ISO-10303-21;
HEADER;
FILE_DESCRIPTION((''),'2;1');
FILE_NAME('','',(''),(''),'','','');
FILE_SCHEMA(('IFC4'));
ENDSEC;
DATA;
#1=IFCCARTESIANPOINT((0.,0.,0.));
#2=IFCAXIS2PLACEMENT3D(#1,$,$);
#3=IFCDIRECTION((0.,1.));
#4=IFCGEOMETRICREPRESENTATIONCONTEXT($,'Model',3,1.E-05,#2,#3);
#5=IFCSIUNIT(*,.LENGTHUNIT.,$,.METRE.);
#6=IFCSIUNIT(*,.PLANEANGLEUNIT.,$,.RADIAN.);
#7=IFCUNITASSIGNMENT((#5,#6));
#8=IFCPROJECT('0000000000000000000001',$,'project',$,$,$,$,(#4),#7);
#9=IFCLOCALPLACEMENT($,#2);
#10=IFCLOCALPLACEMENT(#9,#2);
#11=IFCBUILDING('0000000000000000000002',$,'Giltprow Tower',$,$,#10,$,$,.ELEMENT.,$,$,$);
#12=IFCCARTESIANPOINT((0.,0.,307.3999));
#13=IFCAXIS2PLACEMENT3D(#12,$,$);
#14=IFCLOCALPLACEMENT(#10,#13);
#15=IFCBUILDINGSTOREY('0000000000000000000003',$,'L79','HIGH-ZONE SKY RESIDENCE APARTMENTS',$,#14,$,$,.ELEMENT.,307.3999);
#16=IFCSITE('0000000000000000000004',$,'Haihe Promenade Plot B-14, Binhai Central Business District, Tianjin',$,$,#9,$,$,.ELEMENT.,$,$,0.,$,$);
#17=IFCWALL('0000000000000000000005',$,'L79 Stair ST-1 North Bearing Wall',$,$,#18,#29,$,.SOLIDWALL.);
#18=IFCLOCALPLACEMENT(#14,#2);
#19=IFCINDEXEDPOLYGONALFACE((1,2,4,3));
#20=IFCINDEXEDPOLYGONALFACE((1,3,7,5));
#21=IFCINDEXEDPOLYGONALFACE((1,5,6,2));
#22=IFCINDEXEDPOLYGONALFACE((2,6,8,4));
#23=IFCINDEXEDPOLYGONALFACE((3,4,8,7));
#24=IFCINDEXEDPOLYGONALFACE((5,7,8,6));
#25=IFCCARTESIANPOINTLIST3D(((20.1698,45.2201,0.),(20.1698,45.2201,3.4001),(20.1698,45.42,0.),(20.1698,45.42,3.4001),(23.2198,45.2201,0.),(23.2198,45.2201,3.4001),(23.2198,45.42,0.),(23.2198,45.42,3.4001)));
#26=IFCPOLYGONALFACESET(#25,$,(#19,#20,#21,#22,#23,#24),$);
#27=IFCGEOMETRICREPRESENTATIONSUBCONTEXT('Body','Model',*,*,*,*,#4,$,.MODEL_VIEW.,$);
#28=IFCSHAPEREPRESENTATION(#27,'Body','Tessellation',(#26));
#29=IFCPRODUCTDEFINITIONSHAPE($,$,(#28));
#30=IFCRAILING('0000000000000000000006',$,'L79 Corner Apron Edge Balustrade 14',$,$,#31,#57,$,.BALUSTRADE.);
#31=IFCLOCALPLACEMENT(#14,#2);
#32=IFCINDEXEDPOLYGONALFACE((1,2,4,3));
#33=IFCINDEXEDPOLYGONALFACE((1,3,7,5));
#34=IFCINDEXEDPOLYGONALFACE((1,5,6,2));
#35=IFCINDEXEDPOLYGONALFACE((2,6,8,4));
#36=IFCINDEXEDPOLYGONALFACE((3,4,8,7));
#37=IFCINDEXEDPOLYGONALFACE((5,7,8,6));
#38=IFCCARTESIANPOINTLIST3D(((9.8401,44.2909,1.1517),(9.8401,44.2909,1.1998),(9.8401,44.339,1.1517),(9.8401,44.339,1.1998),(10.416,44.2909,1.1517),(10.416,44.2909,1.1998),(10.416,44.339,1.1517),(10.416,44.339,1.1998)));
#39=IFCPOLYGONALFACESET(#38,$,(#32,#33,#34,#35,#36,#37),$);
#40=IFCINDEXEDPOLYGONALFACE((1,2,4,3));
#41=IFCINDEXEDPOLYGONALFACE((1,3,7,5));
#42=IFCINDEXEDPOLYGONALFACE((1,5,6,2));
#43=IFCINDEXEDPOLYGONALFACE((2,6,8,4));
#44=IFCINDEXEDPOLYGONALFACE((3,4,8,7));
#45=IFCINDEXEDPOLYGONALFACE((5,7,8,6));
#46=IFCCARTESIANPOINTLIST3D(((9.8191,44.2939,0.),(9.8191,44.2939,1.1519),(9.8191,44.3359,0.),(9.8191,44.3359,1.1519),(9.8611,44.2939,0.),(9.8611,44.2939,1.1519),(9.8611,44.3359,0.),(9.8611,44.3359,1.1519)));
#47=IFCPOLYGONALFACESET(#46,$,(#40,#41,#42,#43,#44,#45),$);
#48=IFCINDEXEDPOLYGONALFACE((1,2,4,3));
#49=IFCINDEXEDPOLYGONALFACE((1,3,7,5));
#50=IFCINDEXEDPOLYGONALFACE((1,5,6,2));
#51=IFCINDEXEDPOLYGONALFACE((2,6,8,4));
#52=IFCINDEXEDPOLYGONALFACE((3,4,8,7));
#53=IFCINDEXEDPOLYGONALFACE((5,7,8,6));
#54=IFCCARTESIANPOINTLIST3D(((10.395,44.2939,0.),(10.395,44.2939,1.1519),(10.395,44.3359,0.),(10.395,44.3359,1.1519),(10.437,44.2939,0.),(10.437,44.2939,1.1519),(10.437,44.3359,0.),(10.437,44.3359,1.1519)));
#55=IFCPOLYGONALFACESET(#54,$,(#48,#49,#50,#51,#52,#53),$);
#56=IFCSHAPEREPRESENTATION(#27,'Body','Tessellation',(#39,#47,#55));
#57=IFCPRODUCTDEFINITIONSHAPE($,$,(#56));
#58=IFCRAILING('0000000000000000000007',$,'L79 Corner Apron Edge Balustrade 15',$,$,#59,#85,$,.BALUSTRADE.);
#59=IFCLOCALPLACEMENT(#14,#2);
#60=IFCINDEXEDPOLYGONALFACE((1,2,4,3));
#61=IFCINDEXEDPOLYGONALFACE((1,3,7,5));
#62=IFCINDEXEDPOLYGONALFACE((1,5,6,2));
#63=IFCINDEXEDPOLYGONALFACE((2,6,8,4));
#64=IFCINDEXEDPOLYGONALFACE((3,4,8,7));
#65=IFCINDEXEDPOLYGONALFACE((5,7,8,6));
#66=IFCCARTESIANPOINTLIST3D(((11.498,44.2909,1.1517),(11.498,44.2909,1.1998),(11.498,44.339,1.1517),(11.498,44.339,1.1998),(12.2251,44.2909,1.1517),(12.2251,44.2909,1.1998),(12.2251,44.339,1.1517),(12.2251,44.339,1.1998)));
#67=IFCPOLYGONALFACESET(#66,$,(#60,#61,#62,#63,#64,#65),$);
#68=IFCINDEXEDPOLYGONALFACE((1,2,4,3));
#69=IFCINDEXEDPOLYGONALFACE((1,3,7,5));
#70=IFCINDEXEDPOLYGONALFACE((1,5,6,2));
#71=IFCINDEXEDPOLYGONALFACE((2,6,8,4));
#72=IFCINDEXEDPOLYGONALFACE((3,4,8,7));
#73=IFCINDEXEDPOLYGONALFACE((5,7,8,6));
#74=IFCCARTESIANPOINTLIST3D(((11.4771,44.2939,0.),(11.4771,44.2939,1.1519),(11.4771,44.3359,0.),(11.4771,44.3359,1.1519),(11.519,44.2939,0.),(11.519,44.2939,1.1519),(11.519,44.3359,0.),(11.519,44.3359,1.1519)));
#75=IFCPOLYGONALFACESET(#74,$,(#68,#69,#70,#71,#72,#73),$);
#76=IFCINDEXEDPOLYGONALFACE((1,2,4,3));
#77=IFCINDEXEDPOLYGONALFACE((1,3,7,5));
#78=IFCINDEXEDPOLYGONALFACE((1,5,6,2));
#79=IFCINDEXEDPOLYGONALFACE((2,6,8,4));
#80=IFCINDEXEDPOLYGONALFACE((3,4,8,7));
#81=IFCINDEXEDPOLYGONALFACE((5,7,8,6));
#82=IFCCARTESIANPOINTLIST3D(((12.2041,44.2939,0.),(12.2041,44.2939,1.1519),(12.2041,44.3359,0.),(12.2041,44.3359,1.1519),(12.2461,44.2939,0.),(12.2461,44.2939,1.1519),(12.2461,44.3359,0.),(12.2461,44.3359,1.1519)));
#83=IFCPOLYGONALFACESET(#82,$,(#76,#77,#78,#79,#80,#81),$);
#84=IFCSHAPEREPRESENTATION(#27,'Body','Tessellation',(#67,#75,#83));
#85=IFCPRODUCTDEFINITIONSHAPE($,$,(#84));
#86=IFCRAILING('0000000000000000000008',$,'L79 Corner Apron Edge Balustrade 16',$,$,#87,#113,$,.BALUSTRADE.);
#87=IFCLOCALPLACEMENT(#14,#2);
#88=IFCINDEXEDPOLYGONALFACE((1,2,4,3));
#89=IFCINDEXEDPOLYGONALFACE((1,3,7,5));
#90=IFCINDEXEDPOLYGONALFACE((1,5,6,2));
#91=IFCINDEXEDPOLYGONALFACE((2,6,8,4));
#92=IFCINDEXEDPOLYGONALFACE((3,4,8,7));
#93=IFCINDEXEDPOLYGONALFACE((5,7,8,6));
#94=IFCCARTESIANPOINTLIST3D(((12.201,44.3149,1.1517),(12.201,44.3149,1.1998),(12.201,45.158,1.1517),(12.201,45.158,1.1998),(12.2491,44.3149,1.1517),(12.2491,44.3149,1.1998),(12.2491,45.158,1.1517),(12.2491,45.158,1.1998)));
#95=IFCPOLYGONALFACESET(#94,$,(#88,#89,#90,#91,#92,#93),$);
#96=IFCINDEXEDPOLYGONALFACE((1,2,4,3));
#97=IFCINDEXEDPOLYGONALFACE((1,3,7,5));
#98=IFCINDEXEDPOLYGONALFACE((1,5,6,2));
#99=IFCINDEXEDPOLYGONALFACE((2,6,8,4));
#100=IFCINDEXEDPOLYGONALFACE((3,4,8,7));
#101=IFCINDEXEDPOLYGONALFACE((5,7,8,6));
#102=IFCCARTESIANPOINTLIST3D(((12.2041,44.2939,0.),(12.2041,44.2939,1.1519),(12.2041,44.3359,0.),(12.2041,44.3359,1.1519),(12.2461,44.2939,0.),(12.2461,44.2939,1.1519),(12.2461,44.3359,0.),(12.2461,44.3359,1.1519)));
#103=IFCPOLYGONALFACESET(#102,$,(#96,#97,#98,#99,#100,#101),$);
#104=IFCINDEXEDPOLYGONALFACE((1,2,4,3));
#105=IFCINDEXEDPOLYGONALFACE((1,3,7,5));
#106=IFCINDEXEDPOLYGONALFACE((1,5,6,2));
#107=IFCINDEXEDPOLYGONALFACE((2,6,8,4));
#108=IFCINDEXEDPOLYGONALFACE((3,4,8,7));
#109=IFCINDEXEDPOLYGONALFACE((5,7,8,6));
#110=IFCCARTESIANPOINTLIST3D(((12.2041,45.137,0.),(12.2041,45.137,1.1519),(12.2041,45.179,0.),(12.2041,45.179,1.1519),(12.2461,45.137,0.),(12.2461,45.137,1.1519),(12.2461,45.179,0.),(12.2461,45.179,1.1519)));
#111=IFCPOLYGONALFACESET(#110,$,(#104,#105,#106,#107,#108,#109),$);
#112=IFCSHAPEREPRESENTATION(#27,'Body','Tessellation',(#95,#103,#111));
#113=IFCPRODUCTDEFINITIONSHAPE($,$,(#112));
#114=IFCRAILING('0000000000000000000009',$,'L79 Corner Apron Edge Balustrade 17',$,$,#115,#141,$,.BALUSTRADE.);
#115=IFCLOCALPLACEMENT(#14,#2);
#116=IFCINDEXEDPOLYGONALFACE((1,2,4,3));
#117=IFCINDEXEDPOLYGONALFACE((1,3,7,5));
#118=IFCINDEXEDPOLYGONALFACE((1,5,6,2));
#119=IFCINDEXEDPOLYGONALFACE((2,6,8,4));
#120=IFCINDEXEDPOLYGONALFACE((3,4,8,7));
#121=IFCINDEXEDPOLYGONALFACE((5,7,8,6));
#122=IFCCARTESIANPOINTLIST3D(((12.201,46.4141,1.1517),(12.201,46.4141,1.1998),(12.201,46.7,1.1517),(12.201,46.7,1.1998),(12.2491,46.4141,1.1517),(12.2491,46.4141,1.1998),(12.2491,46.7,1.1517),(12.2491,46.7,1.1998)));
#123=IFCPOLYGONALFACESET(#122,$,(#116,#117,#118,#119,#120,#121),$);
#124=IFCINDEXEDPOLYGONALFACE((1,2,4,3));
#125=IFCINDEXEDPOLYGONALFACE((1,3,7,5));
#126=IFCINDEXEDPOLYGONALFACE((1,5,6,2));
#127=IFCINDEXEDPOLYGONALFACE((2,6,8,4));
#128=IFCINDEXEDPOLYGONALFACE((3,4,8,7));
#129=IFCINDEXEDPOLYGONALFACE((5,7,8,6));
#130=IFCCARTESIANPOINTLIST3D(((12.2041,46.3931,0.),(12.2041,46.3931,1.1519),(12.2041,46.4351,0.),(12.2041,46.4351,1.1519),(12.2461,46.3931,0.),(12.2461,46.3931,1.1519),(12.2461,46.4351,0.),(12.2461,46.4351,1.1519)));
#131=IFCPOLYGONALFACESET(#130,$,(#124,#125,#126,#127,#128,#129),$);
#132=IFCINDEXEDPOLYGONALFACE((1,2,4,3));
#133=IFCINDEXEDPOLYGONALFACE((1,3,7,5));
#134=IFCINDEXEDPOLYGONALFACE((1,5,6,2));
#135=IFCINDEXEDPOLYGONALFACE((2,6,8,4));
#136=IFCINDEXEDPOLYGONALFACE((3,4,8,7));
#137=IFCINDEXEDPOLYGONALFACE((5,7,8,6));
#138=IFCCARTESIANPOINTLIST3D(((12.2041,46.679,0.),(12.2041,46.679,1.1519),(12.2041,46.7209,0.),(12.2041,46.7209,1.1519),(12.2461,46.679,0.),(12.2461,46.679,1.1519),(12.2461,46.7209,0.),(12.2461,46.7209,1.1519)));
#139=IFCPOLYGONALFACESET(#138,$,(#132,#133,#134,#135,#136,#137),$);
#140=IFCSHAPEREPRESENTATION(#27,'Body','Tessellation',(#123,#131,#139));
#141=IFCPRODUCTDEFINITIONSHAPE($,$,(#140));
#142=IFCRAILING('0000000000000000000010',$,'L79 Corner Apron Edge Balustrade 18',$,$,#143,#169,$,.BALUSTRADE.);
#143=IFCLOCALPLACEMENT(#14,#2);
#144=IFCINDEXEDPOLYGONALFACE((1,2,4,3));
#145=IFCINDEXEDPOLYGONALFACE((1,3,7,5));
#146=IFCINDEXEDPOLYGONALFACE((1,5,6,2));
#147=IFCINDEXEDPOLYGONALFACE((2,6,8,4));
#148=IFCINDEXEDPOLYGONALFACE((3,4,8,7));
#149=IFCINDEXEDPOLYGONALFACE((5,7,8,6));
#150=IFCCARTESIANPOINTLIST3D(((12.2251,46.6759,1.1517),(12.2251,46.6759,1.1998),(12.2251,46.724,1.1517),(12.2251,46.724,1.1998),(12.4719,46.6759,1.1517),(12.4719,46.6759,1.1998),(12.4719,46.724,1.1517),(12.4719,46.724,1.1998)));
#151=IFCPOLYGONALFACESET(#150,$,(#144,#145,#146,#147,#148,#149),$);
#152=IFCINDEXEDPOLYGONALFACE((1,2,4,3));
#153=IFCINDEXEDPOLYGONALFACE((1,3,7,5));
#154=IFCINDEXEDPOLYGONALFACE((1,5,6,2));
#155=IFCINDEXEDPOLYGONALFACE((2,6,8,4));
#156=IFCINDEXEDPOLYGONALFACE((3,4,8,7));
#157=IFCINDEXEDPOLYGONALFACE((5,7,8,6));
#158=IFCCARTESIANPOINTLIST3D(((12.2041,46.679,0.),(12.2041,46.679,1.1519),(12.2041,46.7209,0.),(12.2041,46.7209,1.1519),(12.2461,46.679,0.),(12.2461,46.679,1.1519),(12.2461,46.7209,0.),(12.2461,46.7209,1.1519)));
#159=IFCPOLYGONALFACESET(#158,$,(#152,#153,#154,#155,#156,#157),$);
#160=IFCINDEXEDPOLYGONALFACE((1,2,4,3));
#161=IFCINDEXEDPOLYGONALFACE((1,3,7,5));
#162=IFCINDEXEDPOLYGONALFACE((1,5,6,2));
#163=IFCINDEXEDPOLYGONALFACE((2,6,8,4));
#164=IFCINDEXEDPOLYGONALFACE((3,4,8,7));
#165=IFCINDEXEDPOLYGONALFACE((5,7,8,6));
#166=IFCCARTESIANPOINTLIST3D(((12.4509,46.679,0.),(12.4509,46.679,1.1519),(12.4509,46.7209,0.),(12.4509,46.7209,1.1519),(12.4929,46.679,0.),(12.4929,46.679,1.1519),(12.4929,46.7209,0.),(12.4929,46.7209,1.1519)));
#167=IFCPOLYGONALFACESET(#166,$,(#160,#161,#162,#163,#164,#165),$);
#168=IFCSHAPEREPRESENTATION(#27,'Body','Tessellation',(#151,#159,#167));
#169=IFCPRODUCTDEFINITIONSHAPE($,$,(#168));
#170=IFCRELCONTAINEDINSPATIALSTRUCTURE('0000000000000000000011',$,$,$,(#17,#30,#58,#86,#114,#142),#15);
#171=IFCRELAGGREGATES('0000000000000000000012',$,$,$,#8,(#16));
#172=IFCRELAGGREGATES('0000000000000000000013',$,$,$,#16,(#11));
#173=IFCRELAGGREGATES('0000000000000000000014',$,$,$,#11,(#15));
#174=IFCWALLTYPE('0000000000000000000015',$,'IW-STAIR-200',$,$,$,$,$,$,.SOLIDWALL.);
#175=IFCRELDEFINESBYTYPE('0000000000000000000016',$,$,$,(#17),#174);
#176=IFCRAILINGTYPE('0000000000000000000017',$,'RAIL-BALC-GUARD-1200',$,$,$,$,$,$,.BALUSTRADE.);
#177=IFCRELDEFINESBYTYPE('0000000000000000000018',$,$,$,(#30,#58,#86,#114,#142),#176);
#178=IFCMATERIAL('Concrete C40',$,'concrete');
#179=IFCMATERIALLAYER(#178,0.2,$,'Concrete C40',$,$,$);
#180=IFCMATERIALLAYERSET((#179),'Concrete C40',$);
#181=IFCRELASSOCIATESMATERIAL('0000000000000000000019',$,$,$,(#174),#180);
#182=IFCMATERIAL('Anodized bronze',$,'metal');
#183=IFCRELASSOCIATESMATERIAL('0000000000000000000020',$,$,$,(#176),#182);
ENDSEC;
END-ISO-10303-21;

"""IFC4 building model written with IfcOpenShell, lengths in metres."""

from ifc_helpers import new_model, si_unit, direction, frame, frame_2d, origin, origin_2d, place, context, subcontext, project, spatial, rectangle, extrude, material, layer, layer_set, type_object, element, save


model = new_model("IFC4")

# Units and contexts
model_context = context("Model", 3, precision=1e-05, world=origin(), true_north=direction((0.0, 1.0)))
body_context = subcontext(model_context, "Body", "Model", "MODEL_VIEW")
ifc_project = project(units=[si_unit("LENGTHUNIT", "METRE"), si_unit("PLANEANGLEUNIT", "RADIAN")], contexts=[model_context])

# Site, building, storey
site_placement = place(None, origin())
site = spatial("IfcSite", under=ifc_project, at=site_placement, Name="Haihe Promenade Plot B-14, Binhai Central Business District, Tianjin", CompositionType="ELEMENT", RefElevation=0.0)
building_placement = place(site_placement, origin())
building = spatial("IfcBuilding", under=site, at=building_placement, Name="Giltprow Tower", CompositionType="ELEMENT")
storey_placement = place(building_placement, frame((0.0, 0.0, 307.3999)))
storey = spatial("IfcBuildingStorey", under=building, at=storey_placement, Name="L79", Description="HIGH-ZONE SKY RESIDENCE APARTMENTS", CompositionType="ELEMENT", Elevation=307.3999)

# Wall
ifc_material_1 = material(Name="Concrete C40", Category="concrete")
ifc_layer_1 = layer(ifc_material_1, 0.2, Name="Concrete C40")
ifc_layer_set_1 = layer_set([ifc_layer_1], Name="Concrete C40")
wall_type_1 = type_object("IfcWallType", Name="IW-STAIR-200", PredefinedType="SOLIDWALL", material=ifc_layer_set_1)
wall_1_placement = place(storey_placement, frame((20.1699, 45.3201, 0.0), z_axis=(0.0, 0.0, 1.0), x_axis=(1.0, 0.0, 0.0)))
element("IfcWall", 1, at=wall_1_placement, inside=storey, type_object=wall_type_1, Name="L79 Stair ST-1 North Bearing Wall", PredefinedType="SOLIDWALL", context=body_context, shape_type="SweptSolid", body=[
    extrude(rectangle(XDim=3.05, YDim=0.2, at=frame_2d((1.5249, 0.0))), origin(), (0.0, 0.0, 1.0), 3.4001),
])

# Railings
ifc_material_2 = material(Name="Anodized bronze", Category="metal")
railing_type = type_object("IfcRailingType", Name="RAIL-BALC-GUARD-1200", PredefinedType="BALUSTRADE", material=ifc_material_2)
railing_1_placement = place(storey_placement, frame((9.8401, 44.3149, 0.0)))
element("IfcRailing", 2, at=railing_1_placement, inside=storey, type_object=railing_type, Name="L79 Corner Apron Edge Balustrade 14", PredefinedType="BALUSTRADE", context=body_context, shape_type="SweptSolid", body=[
    extrude(rectangle(XDim=0.0481, YDim=0.0481, at=origin_2d()), frame((0.0, 0.0, 1.1758), z_axis=(1.0, 0.0, 0.0), x_axis=(0.0, 1.0, 0.0)), (0.0, 0.0, 1.0), 0.5759),
    extrude(rectangle(XDim=0.042, YDim=0.042, at=origin_2d()), origin(), (0.0, 0.0, 1.0), 1.1519),
    extrude(rectangle(XDim=0.042, YDim=0.042, at=origin_2d()), frame((0.5759, 0.0, 0.0)), (0.0, 0.0, 1.0), 1.1519),
])
railing_2_placement = place(storey_placement, frame((11.498, 44.3149, 0.0)))
element("IfcRailing", 3, at=railing_2_placement, inside=storey, type_object=railing_type, Name="L79 Corner Apron Edge Balustrade 15", PredefinedType="BALUSTRADE", context=body_context, shape_type="SweptSolid", body=[
    extrude(rectangle(XDim=0.0481, YDim=0.0481, at=origin_2d()), frame((0.0, 0.0, 1.1758), z_axis=(1.0, 0.0, 0.0), x_axis=(0.0, 1.0, 0.0)), (0.0, 0.0, 1.0), 0.7271),
    extrude(rectangle(XDim=0.042, YDim=0.042, at=origin_2d()), origin(), (0.0, 0.0, 1.0), 1.1519),
    extrude(rectangle(XDim=0.042, YDim=0.042, at=origin_2d()), frame((0.7271, 0.0, 0.0)), (0.0, 0.0, 1.0), 1.1519),
])
railing_3_placement = place(storey_placement, frame((12.2251, 44.3149, 0.0)))
element("IfcRailing", 4, at=railing_3_placement, inside=storey, type_object=railing_type, Name="L79 Corner Apron Edge Balustrade 16", PredefinedType="BALUSTRADE", context=body_context, shape_type="SweptSolid", body=[
    extrude(rectangle(XDim=0.0481, YDim=0.0481, at=origin_2d()), frame((0.0, 0.0, 1.1758), z_axis=(0.0, 1.0, 0.0), x_axis=(-1.0, 0.0, 0.0)), (0.0, 0.0, 1.0), 0.843),
    extrude(rectangle(XDim=0.042, YDim=0.042, at=origin_2d()), origin(), (0.0, 0.0, 1.0), 1.1519),
    extrude(rectangle(XDim=0.042, YDim=0.042, at=origin_2d()), frame((0.0, 0.843, 0.0)), (0.0, 0.0, 1.0), 1.1519),
])
railing_4_placement = place(storey_placement, frame((12.2251, 46.4141, 0.0)))
element("IfcRailing", 5, at=railing_4_placement, inside=storey, type_object=railing_type, Name="L79 Corner Apron Edge Balustrade 17", PredefinedType="BALUSTRADE", context=body_context, shape_type="SweptSolid", body=[
    extrude(rectangle(XDim=0.0481, YDim=0.0481, at=origin_2d()), frame((0.0, 0.0, 1.1758), z_axis=(0.0, 1.0, 0.0), x_axis=(-1.0, 0.0, 0.0)), (0.0, 0.0, 1.0), 0.2859),
    extrude(rectangle(XDim=0.042, YDim=0.042, at=origin_2d()), origin(), (0.0, 0.0, 1.0), 1.1519),
    extrude(rectangle(XDim=0.042, YDim=0.042, at=origin_2d()), frame((0.0, 0.2859, 0.0)), (0.0, 0.0, 1.0), 1.1519),
])
railing_5_placement = place(storey_placement, frame((12.2251, 46.7, 0.0)))
element("IfcRailing", 6, at=railing_5_placement, inside=storey, type_object=railing_type, Name="L79 Corner Apron Edge Balustrade 18", PredefinedType="BALUSTRADE", context=body_context, shape_type="SweptSolid", body=[
    extrude(rectangle(XDim=0.0481, YDim=0.0481, at=origin_2d()), frame((0.0, 0.0, 1.1758), z_axis=(1.0, 0.0, 0.0), x_axis=(0.0, 1.0, 0.0)), (0.0, 0.0, 1.0), 0.2468),
    extrude(rectangle(XDim=0.042, YDim=0.042, at=origin_2d()), origin(), (0.0, 0.0, 1.0), 1.1519),
    extrude(rectangle(XDim=0.042, YDim=0.042, at=origin_2d()), frame((0.2468, 0.0, 0.0)), (0.0, 0.0, 1.0), 1.1519),
])

save(model, "model.ifc")
